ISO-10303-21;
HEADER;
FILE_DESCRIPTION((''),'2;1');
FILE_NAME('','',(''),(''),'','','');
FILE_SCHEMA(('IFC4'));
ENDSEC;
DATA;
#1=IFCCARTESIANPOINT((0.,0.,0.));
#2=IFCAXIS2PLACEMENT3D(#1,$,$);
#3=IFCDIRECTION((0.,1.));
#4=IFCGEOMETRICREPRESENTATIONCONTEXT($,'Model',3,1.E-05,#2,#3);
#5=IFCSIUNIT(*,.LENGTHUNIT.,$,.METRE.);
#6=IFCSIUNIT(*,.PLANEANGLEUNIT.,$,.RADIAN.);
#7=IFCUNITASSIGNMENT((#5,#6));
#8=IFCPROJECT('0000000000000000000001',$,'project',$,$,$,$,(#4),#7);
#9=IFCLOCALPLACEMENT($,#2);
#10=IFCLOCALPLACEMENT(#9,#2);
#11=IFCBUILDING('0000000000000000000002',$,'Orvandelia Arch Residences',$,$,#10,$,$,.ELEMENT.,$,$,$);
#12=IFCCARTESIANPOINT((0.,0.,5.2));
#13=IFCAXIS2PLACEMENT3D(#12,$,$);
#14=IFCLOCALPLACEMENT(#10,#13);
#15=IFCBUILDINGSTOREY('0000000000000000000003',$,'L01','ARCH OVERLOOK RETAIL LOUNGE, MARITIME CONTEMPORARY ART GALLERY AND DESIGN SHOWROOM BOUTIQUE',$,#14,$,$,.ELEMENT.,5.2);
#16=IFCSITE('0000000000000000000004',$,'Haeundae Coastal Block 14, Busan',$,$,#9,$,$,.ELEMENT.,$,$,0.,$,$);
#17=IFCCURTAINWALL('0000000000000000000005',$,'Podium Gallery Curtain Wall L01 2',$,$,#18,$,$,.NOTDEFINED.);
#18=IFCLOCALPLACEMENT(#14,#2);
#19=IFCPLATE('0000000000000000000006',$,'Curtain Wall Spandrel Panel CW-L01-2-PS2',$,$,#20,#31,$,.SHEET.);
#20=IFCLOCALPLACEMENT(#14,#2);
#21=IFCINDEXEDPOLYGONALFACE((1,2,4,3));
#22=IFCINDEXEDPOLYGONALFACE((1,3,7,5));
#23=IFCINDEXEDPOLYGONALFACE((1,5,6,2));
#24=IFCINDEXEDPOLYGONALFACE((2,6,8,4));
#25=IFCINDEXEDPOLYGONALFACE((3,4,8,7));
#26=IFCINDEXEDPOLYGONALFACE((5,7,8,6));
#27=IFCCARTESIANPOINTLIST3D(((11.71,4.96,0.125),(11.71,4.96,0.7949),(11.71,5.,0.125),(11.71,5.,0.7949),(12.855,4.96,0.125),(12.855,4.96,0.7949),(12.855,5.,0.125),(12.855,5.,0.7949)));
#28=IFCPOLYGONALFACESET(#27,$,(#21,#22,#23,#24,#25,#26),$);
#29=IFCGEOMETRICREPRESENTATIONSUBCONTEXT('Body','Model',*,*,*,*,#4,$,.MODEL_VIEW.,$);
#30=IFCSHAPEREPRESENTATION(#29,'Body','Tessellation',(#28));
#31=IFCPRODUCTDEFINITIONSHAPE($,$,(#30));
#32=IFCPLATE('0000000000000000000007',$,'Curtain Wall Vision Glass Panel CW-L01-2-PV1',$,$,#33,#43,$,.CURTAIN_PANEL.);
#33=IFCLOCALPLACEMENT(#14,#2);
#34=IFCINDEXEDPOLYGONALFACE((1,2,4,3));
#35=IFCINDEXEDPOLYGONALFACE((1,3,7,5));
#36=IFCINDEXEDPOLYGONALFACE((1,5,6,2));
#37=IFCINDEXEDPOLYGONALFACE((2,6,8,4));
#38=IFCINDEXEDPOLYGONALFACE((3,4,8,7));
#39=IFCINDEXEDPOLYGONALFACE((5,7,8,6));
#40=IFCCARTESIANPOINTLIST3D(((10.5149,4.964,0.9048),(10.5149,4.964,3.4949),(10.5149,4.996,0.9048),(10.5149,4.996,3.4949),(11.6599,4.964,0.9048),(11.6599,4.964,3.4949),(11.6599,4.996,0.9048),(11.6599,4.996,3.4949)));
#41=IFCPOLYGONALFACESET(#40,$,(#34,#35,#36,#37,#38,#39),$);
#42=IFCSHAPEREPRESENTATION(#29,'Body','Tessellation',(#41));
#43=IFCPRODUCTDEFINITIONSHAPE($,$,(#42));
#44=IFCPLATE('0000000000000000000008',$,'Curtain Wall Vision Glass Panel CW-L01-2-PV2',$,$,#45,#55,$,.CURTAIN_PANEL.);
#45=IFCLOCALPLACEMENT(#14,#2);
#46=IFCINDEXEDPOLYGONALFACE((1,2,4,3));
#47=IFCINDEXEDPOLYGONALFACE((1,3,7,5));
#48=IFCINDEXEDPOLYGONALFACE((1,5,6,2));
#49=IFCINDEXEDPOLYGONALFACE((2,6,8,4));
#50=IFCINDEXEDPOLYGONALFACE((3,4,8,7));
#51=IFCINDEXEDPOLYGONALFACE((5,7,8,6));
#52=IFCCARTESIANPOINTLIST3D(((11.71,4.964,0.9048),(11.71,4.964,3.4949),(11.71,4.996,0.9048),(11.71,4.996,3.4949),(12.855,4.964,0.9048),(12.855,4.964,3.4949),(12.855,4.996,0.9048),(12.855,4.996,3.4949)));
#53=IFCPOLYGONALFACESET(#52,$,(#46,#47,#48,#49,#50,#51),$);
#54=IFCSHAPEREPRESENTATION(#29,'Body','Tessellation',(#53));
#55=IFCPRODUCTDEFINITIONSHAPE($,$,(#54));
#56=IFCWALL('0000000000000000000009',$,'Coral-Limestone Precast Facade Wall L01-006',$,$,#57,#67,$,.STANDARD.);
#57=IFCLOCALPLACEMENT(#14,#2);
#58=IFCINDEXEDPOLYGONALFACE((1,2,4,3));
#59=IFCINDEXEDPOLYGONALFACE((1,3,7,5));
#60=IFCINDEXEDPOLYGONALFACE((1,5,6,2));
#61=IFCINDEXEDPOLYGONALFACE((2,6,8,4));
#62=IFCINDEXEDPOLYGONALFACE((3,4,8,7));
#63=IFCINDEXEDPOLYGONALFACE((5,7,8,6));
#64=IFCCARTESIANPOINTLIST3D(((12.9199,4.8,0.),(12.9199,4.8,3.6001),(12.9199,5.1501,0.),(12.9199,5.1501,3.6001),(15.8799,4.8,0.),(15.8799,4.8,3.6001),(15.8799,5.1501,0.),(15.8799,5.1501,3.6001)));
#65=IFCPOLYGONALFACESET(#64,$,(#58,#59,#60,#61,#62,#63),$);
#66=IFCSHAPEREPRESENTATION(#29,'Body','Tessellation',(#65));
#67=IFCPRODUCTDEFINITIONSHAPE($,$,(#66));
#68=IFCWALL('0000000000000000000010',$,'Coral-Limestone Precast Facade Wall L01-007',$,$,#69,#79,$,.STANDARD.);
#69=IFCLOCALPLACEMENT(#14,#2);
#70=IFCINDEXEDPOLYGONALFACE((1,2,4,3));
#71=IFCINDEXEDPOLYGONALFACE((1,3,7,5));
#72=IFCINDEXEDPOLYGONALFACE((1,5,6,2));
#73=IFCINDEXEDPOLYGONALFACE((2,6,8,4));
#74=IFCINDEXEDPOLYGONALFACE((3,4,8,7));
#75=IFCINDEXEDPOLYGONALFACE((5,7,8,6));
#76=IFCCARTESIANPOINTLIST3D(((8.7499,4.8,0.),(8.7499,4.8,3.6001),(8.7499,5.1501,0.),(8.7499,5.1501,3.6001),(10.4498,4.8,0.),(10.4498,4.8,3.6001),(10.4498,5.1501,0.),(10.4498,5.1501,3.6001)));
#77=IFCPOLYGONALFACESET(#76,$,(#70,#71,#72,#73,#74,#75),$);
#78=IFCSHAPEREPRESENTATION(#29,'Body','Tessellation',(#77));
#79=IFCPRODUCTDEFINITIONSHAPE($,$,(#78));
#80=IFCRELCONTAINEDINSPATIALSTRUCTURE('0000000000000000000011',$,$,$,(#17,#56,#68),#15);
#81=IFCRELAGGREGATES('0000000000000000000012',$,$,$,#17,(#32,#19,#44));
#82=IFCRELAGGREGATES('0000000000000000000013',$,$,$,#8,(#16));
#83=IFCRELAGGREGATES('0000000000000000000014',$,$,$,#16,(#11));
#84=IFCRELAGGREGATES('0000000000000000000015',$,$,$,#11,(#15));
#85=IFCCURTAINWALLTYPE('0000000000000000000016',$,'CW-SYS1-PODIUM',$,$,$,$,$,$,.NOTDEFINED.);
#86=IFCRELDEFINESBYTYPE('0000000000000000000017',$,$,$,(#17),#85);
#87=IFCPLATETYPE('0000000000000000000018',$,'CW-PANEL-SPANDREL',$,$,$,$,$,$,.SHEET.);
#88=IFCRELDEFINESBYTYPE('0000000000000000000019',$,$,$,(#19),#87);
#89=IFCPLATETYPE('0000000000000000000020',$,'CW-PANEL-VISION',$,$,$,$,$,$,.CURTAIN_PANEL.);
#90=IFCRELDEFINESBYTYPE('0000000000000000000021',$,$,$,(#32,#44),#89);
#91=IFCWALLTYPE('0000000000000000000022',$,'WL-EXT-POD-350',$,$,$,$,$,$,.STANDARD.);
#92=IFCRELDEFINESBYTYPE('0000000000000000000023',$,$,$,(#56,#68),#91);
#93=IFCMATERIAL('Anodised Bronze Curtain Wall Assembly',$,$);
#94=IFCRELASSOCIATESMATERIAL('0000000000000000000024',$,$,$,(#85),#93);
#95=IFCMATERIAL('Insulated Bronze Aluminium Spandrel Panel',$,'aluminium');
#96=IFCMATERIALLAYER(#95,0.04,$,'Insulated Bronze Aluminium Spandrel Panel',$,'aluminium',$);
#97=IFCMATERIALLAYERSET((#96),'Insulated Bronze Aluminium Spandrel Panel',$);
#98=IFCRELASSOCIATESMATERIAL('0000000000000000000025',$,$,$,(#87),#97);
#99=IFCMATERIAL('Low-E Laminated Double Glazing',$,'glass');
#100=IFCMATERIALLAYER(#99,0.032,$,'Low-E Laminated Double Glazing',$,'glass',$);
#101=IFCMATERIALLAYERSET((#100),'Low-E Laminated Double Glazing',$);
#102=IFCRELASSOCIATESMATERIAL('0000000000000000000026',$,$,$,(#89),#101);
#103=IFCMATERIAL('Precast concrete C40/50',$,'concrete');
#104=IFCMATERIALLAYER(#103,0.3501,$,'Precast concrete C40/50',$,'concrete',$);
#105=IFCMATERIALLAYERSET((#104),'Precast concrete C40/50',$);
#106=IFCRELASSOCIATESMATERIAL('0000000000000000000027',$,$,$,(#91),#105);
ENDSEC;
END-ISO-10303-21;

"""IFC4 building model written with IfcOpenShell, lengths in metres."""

from ifc_helpers import new_model, si_unit, direction, frame, frame_2d, origin, origin_2d, place, context, subcontext, project, spatial, rectangle, extrude, material, layer, layer_set, type_object, element, aggregate, save


model = new_model("IFC4")

# Units and contexts
model_context = context("Model", 3, precision=1e-05, world=origin(), true_north=direction((0.0, 1.0)))
body_context = subcontext(model_context, "Body", "Model", "MODEL_VIEW")
ifc_project = project(units=[si_unit("LENGTHUNIT", "METRE"), si_unit("PLANEANGLEUNIT", "RADIAN")], contexts=[model_context])

# Site, building, storey
site_placement = place(None, origin())
site = spatial("IfcSite", under=ifc_project, at=site_placement, Name="Haeundae Coastal Block 14, Busan", CompositionType="ELEMENT", RefElevation=0.0)
building_placement = place(site_placement, origin())
building = spatial("IfcBuilding", under=site, at=building_placement, Name="Orvandelia Arch Residences", CompositionType="ELEMENT")
storey_placement = place(building_placement, frame((0.0, 0.0, 5.2)))
storey = spatial("IfcBuildingStorey", under=building, at=storey_placement, Name="L01", Description="ARCH OVERLOOK RETAIL LOUNGE, MARITIME CONTEMPORARY ART GALLERY AND DESIGN SHOWROOM BOUTIQUE", CompositionType="ELEMENT", Elevation=5.2)

# Shared definitions
ifc_material_1 = material(Name="Anodised Bronze Curtain Wall Assembly")
curtain_wall_type = type_object("IfcCurtainWallType", Name="CW-SYS1-PODIUM", PredefinedType="NOTDEFINED", material=ifc_material_1)

# Curtain wall
curtain_wall_1_placement = place(storey_placement, origin())
curtain_wall_1 = element("IfcCurtainWall", 1, at=curtain_wall_1_placement, inside=storey, type_object=curtain_wall_type, Name="Podium Gallery Curtain Wall L01 2", PredefinedType="NOTDEFINED")

# Plates
ifc_material_2 = material(Name="Insulated Bronze Aluminium Spandrel Panel", Category="aluminium")
ifc_layer_1 = layer(ifc_material_2, 0.04, Name="Insulated Bronze Aluminium Spandrel Panel", Category="aluminium")
ifc_layer_set_1 = layer_set([ifc_layer_1], Name="Insulated Bronze Aluminium Spandrel Panel")
plate_type_1 = type_object("IfcPlateType", Name="CW-PANEL-SPANDREL", PredefinedType="SHEET", material=ifc_layer_set_1)
plate_1_placement = place(storey_placement, frame((12.2825, 4.98, 0.125), z_axis=(0.0, 0.0, 1.0), x_axis=(1.0, 0.0, 0.0)))
plate_1 = element("IfcPlate", 2, at=plate_1_placement, type_object=plate_type_1, Name="Curtain Wall Spandrel Panel CW-L01-2-PS2", PredefinedType="SHEET", context=body_context, shape_type="SweptSolid", body=[
    extrude(rectangle(XDim=1.145, YDim=0.04, at=origin_2d()), origin(), (0.0, 0.0, 1.0), 0.6699),
])
ifc_material_3 = material(Name="Low-E Laminated Double Glazing", Category="glass")
ifc_layer_2 = layer(ifc_material_3, 0.032, Name="Low-E Laminated Double Glazing", Category="glass")
ifc_layer_set_2 = layer_set([ifc_layer_2], Name="Low-E Laminated Double Glazing")
plate_type_2 = type_object("IfcPlateType", Name="CW-PANEL-VISION", PredefinedType="CURTAIN_PANEL", material=ifc_layer_set_2)
plate_2_placement = place(storey_placement, frame((11.0874, 4.98, 0.9048), z_axis=(0.0, 0.0, 1.0), x_axis=(1.0, 0.0, 0.0)))
plate_2 = element("IfcPlate", 3, at=plate_2_placement, type_object=plate_type_2, Name="Curtain Wall Vision Glass Panel CW-L01-2-PV1", PredefinedType="CURTAIN_PANEL", context=body_context, shape_type="SweptSolid", body=[
    extrude(rectangle(XDim=1.145, YDim=0.032, at=origin_2d()), origin(), (0.0, 0.0, 1.0), 2.5901),
])
plate_3_placement = place(storey_placement, frame((12.2825, 4.98, 0.9048), z_axis=(0.0, 0.0, 1.0), x_axis=(1.0, 0.0, 0.0)))
plate_3 = element("IfcPlate", 4, at=plate_3_placement, type_object=plate_type_2, Name="Curtain Wall Vision Glass Panel CW-L01-2-PV2", PredefinedType="CURTAIN_PANEL", context=body_context, shape_type="SweptSolid", body=[
    extrude(rectangle(XDim=1.145, YDim=0.032, at=origin_2d()), origin(), (0.0, 0.0, 1.0), 2.5901),
])
aggregate(curtain_wall_1, [plate_2, plate_1, plate_3])

# Walls
ifc_material_4 = material(Name="Precast concrete C40/50", Category="concrete")
ifc_layer_3 = layer(ifc_material_4, 0.3501, Name="Precast concrete C40/50", Category="concrete")
ifc_layer_set_3 = layer_set([ifc_layer_3], Name="Precast concrete C40/50")
wall_type = type_object("IfcWallType", Name="WL-EXT-POD-350", PredefinedType="STANDARD", material=ifc_layer_set_3)
wall_1_placement = place(storey_placement, frame((15.8799, 4.9751, 0.0), z_axis=(0.0, 0.0, 1.0), x_axis=(-1.0, 0.0, 0.0)))
element("IfcWall", 5, at=wall_1_placement, inside=storey, type_object=wall_type, Name="Coral-Limestone Precast Facade Wall L01-006", PredefinedType="STANDARD", context=body_context, shape_type="SweptSolid", body=[
    extrude(rectangle(XDim=2.96, YDim=0.3501, at=frame_2d((1.48, 0.0))), origin(), (0.0, 0.0, 1.0), 3.6001),
])
wall_2_placement = place(storey_placement, frame((10.45, 4.9751, 0.0), z_axis=(0.0, 0.0, 1.0), x_axis=(-1.0, 0.0, 0.0)))
element("IfcWall", 6, at=wall_2_placement, inside=storey, type_object=wall_type, Name="Coral-Limestone Precast Facade Wall L01-007", PredefinedType="STANDARD", context=body_context, shape_type="SweptSolid", body=[
    extrude(rectangle(XDim=1.7, YDim=0.3501, at=frame_2d((0.8501, 0.0))), origin(), (0.0, 0.0, 1.0), 3.6001),
])

save(model, "model.ifc")
